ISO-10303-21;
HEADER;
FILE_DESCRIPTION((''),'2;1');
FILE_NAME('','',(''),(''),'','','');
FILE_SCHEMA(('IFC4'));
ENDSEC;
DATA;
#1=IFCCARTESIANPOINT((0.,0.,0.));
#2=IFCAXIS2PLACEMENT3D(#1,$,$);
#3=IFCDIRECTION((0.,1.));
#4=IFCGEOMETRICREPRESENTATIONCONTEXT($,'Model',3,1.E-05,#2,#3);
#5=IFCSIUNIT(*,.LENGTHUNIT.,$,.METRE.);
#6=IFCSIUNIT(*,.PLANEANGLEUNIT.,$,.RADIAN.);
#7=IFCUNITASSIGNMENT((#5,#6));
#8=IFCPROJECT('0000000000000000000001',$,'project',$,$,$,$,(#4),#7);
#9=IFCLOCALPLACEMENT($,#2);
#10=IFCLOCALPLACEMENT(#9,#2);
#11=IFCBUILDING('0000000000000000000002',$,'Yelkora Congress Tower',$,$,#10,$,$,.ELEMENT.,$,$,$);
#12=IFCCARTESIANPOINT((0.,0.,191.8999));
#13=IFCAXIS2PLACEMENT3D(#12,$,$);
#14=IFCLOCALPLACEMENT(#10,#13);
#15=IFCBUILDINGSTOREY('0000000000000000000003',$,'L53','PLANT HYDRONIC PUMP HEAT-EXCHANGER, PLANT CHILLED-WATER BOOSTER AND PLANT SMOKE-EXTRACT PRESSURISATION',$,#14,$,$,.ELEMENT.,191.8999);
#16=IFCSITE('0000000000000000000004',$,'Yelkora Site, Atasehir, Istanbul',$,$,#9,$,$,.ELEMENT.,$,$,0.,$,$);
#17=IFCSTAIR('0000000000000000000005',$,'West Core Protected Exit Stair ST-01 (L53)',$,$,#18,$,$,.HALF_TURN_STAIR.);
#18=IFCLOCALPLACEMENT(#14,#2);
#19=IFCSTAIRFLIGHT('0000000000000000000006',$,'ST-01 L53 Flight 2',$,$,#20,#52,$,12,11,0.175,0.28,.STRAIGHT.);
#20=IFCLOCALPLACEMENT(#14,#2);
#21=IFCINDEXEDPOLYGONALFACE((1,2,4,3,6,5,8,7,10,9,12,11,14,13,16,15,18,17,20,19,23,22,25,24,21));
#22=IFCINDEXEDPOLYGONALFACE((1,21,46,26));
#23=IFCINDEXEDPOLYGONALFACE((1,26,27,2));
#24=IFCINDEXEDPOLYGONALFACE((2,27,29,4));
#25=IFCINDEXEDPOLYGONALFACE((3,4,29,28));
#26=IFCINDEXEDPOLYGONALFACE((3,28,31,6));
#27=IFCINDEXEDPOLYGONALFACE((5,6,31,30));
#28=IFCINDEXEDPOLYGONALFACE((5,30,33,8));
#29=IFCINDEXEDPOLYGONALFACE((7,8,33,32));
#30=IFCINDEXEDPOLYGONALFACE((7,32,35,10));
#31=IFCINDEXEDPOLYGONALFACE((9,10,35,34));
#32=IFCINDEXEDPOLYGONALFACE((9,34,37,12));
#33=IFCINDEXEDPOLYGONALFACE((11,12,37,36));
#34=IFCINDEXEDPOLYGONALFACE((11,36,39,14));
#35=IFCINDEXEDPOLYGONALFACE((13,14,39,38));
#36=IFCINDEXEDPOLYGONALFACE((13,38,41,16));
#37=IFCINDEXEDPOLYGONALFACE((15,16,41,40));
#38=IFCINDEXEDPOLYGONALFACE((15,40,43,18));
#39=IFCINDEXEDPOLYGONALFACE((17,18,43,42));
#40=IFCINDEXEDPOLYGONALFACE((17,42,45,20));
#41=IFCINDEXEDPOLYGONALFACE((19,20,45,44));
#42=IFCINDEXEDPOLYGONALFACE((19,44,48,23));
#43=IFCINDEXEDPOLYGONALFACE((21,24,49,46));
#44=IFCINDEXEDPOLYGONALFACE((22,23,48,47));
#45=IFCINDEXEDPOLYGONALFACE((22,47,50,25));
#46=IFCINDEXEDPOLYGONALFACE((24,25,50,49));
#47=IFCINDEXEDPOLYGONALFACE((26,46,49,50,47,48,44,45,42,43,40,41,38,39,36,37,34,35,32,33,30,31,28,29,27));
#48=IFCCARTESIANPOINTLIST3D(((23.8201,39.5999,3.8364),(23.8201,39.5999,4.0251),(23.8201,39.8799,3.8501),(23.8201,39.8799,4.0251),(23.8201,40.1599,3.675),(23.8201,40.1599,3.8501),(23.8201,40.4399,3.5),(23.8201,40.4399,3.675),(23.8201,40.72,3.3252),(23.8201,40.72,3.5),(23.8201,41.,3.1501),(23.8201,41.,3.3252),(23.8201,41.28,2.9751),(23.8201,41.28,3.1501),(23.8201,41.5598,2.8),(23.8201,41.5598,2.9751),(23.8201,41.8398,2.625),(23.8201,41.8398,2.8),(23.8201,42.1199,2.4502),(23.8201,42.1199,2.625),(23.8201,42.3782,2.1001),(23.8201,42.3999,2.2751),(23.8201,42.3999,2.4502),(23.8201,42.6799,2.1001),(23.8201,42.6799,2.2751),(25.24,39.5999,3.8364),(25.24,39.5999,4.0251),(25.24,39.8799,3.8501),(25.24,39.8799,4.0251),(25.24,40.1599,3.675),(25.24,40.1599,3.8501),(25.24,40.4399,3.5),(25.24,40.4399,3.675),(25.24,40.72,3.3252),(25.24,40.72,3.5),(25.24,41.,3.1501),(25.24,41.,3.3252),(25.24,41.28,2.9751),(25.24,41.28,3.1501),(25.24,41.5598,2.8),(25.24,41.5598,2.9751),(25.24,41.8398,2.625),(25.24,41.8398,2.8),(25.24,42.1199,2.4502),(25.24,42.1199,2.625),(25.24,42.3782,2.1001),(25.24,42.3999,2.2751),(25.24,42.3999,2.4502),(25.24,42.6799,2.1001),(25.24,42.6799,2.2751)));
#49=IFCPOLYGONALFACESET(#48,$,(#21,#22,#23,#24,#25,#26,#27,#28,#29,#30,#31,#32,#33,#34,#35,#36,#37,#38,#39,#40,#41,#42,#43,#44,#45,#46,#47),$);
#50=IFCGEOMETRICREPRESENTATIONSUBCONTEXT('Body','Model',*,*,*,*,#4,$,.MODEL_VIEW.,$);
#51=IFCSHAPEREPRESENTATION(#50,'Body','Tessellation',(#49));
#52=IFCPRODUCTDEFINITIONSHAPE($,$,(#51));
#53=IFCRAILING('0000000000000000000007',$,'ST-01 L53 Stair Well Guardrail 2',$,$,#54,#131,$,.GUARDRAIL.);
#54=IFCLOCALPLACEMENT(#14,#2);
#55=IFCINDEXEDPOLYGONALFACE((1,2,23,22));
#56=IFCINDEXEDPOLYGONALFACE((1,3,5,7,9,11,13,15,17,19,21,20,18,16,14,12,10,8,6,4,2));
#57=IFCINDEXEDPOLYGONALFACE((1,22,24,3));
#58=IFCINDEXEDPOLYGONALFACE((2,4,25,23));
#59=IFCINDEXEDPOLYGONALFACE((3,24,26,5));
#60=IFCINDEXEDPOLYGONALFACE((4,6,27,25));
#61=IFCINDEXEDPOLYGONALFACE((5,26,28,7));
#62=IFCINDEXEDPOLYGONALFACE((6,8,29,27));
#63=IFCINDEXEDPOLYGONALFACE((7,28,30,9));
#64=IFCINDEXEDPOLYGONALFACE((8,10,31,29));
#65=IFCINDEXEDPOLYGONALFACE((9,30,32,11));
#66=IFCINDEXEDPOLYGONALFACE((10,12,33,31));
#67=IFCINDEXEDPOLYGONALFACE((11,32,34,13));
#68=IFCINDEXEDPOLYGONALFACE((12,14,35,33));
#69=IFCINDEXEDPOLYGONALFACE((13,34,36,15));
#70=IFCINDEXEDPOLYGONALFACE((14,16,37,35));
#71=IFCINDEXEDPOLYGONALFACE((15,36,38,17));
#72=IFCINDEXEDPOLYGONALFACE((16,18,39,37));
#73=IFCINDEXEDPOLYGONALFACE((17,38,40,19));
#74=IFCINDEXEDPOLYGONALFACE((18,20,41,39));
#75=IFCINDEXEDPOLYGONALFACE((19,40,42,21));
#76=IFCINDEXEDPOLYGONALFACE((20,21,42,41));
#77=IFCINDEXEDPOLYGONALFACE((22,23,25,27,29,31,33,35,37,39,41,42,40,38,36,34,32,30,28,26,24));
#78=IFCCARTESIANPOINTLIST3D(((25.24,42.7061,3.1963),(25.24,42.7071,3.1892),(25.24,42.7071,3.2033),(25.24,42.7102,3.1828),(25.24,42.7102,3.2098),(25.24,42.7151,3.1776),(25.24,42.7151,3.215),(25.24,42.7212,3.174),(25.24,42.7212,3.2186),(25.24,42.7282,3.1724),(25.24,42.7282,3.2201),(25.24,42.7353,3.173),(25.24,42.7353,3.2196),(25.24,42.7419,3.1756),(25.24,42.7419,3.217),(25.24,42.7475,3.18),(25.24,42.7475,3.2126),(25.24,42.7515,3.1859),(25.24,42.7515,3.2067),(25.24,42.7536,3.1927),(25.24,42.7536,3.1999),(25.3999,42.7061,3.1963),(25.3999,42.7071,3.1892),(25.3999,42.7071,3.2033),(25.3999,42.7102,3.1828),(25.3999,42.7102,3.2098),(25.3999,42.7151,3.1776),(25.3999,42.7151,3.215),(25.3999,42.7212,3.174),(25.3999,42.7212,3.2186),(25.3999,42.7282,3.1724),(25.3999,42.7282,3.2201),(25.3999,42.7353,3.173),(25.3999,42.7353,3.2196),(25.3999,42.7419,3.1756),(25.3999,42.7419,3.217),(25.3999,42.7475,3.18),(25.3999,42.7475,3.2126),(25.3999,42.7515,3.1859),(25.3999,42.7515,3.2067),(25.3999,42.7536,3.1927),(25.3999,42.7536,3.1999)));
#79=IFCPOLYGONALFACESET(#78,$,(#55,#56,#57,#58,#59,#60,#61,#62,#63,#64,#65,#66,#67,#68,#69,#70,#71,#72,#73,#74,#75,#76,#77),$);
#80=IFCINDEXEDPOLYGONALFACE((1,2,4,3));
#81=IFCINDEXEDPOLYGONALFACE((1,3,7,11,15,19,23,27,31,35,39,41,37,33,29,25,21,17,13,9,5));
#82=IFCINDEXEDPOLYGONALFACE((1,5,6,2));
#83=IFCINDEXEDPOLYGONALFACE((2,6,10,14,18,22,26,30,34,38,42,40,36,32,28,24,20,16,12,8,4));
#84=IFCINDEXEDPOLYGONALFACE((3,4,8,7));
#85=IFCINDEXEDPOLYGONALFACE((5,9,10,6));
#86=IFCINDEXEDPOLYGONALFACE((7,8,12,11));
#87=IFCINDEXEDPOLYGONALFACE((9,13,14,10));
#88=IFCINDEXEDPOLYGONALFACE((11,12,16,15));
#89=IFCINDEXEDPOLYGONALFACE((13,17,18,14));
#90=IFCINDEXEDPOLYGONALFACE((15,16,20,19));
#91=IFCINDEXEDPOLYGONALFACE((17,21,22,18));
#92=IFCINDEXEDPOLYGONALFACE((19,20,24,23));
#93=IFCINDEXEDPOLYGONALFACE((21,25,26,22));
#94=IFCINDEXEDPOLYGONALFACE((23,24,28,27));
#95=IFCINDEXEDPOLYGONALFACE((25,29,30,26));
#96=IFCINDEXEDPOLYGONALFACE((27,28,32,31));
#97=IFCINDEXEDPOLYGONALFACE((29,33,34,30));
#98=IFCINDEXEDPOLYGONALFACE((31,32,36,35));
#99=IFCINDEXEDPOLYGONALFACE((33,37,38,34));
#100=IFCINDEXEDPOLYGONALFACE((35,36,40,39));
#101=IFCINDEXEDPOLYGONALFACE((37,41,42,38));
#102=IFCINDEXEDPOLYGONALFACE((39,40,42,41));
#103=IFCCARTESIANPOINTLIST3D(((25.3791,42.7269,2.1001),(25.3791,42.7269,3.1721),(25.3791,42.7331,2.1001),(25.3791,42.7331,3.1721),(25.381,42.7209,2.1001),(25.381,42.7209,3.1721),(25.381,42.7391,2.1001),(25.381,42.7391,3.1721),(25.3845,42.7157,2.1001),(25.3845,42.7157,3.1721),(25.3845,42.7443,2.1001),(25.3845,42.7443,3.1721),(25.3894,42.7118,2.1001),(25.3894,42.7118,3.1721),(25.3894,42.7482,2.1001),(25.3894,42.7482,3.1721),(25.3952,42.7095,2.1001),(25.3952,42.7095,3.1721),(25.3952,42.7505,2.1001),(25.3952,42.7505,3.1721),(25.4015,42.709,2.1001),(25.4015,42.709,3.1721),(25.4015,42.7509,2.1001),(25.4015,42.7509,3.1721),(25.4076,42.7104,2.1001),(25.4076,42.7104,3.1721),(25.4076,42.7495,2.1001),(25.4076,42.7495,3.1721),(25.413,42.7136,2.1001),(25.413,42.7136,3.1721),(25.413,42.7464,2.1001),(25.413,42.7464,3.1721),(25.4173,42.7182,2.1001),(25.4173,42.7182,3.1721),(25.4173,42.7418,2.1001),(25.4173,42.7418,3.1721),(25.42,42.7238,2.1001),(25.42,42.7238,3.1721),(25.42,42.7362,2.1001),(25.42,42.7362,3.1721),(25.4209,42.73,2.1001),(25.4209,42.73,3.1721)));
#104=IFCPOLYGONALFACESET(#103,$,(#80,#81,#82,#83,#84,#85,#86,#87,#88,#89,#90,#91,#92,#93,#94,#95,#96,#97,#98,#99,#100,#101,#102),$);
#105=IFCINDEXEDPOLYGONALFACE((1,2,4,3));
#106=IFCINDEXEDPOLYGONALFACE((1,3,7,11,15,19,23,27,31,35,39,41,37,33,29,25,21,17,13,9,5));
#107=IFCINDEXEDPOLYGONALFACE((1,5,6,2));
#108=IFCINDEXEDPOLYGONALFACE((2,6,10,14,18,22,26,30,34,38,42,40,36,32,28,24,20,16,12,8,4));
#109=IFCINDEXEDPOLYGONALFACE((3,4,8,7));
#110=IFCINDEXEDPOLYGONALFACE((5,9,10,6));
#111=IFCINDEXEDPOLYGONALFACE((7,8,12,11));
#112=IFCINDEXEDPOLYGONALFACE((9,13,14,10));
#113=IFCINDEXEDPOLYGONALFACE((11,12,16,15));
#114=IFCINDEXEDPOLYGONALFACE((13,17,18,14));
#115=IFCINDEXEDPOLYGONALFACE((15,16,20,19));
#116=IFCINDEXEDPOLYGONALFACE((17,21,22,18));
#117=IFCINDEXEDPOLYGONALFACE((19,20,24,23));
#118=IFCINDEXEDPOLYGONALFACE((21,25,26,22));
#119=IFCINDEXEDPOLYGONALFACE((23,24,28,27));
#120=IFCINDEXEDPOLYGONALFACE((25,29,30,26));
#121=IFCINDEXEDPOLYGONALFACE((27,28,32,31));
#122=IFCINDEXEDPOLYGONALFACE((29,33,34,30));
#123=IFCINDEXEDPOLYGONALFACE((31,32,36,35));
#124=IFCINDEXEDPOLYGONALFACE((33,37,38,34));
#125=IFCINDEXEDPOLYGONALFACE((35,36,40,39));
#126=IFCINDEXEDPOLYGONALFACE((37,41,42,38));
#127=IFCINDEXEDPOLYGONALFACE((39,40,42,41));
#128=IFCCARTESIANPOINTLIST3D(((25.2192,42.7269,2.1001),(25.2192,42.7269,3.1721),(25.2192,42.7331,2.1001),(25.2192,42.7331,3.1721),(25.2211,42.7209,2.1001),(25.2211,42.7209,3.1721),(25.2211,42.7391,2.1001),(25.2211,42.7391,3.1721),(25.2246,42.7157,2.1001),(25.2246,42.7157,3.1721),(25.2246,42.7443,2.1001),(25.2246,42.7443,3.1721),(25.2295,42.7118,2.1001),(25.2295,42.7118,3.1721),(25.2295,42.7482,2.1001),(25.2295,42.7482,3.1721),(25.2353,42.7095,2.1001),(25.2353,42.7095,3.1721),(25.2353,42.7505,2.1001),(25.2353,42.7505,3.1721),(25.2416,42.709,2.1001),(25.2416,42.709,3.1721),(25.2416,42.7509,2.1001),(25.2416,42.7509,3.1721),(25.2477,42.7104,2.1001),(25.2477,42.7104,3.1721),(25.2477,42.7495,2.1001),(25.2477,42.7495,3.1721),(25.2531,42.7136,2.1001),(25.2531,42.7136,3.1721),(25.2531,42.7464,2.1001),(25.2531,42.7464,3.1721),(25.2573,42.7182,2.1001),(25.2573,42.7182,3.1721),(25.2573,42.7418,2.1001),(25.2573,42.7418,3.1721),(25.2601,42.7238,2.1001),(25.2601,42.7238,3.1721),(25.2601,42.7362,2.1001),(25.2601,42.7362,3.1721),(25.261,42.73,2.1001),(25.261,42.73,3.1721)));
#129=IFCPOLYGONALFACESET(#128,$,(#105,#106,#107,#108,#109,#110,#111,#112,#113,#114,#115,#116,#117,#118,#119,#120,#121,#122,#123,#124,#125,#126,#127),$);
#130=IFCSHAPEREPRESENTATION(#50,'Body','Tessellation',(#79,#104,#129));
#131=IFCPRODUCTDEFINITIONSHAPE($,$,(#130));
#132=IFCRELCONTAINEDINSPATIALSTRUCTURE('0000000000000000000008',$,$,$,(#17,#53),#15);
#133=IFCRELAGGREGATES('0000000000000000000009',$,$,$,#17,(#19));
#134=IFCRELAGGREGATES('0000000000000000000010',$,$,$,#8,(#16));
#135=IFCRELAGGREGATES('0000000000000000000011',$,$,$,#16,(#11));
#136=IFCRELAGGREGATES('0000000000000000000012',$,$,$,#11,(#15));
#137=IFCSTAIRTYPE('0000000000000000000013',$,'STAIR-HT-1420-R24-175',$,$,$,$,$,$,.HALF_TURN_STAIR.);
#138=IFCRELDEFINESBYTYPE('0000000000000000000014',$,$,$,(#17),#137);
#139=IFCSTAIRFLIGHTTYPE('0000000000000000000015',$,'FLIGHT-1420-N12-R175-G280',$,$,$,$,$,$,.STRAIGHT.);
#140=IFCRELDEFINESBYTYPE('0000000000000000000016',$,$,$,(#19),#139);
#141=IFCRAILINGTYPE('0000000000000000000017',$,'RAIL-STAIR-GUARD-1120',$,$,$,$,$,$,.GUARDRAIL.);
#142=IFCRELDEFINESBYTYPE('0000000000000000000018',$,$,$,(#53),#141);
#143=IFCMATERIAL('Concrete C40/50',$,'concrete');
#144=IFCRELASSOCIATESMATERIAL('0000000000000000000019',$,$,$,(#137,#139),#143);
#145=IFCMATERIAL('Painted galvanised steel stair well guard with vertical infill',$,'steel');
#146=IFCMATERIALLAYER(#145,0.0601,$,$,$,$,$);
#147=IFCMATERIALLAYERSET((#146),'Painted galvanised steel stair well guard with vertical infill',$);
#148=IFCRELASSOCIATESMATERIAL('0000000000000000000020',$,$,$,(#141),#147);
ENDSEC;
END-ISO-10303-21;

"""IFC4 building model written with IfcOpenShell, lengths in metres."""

from ifc_helpers import new_model, si_unit, direction, frame, origin, origin_2d, place, context, subcontext, project, spatial, polyline, circle, outline, extrude, material, layer, layer_set, type_object, element, aggregate, save


model = new_model("IFC4")

# Units and contexts
model_context = context("Model", 3, precision=1e-05, world=origin(), true_north=direction((0.0, 1.0)))
body_context = subcontext(model_context, "Body", "Model", "MODEL_VIEW")
ifc_project = project(units=[si_unit("LENGTHUNIT", "METRE"), si_unit("PLANEANGLEUNIT", "RADIAN")], contexts=[model_context])

# Site, building, storey
site_placement = place(None, origin())
site = spatial("IfcSite", under=ifc_project, at=site_placement, Name="Yelkora Site, Atasehir, Istanbul", CompositionType="ELEMENT", RefElevation=0.0)
building_placement = place(site_placement, origin())
building = spatial("IfcBuilding", under=site, at=building_placement, Name="Yelkora Congress Tower", CompositionType="ELEMENT")
storey_placement = place(building_placement, frame((0.0, 0.0, 191.8999)))
storey = spatial("IfcBuildingStorey", under=building, at=storey_placement, Name="L53", Description="PLANT HYDRONIC PUMP HEAT-EXCHANGER, PLANT CHILLED-WATER BOOSTER AND PLANT SMOKE-EXTRACT PRESSURISATION", CompositionType="ELEMENT", Elevation=191.8999)

# Stair, stair flight
ifc_material_1 = material(Name="Concrete C40/50", Category="concrete")
stair_type = type_object("IfcStairType", Name="STAIR-HT-1420-R24-175", PredefinedType="HALF_TURN_STAIR", material=ifc_material_1)
stair_placement = place(storey_placement, origin())
stair = element("IfcStair", 1, at=stair_placement, inside=storey, type_object=stair_type, Name="West Core Protected Exit Stair ST-01 (L53)", PredefinedType="HALF_TURN_STAIR")
stair_flight_type = type_object("IfcStairFlightType", Name="FLIGHT-1420-N12-R175-G280", PredefinedType="STRAIGHT", material=ifc_material_1)
stair_flight_placement = place(storey_placement, frame((24.53, 42.6799, 2.1001), z_axis=(0.0, 0.0, 1.0), x_axis=(0.0, -1.0, 0.0)))
stair_flight = element("IfcStairFlight", 2, at=stair_flight_placement, type_object=stair_flight_type, Name="ST-01 L53 Flight 2", NumberOfRisers=12, NumberOfTreads=11, PredefinedType="STRAIGHT", RiserHeight=0.175, TreadLength=0.28, context=body_context, shape_type="SweptSolid", body=[
    extrude(outline(polyline([(0.0, 0.0), (0.0, 0.175), (0.28, 0.175), (0.28, 0.3501), (0.5601, 0.3501), (0.5601, 0.5249), (0.8401, 0.5249), (0.8401, 0.7), (1.1201, 0.7), (1.1201, 0.875), (1.3999, 0.875), (1.3999, 1.05), (1.6799, 1.05), (1.6799, 1.2251), (1.96, 1.2251), (1.96, 1.3999), (2.24, 1.3999), (2.24, 1.575), (2.52, 1.575), (2.52, 1.75), (2.8, 1.75), (2.8, 1.925), (3.0801, 1.925), (3.0801, 2.1001), (3.0801, 1.7363), (0.3018, 0.0), (0.0, 0.0)])), frame((0.0, 0.71, 0.0), z_axis=(0.0, -1.0, 0.0), x_axis=(1.0, 0.0, 0.0)), (0.0, 0.0, 1.0), 1.4199),
])
aggregate(stair, [stair_flight])

# Railing
ifc_material_2 = material(Name="Painted galvanised steel stair well guard with vertical infill", Category="steel")
ifc_layer_1 = layer(ifc_material_2, 0.0601)
ifc_layer_set_1 = layer_set([ifc_layer_1], Name="Painted galvanised steel stair well guard with vertical infill")
railing_type_1 = type_object("IfcRailingType", Name="RAIL-STAIR-GUARD-1120", PredefinedType="GUARDRAIL", material=ifc_layer_set_1)
railing_1_placement = place(storey_placement, frame((25.3999, 42.73, 2.1001)))
element("IfcRailing", 3, at=railing_1_placement, inside=storey, type_object=railing_type_1, Name="ST-01 L53 Stair Well Guardrail 2", PredefinedType="GUARDRAIL", context=body_context, shape_type="SweptSolid", body=[
    extrude(circle(Radius=0.0239, at=origin_2d()), frame((0.0, 0.0, 1.0962), z_axis=(-1.0, 0.0, 0.0), x_axis=(0.0, -1.0, 0.0)), (0.0, 0.0, 1.0), 0.1599),
    extrude(circle(Radius=0.021, at=origin_2d()), origin(), (0.0, 0.0, 1.0), 1.072),
    extrude(circle(Radius=0.021, at=origin_2d()), frame((-0.1599, 0.0, 0.0)), (0.0, 0.0, 1.0), 1.072),
])

save(model, "model.ifc")
